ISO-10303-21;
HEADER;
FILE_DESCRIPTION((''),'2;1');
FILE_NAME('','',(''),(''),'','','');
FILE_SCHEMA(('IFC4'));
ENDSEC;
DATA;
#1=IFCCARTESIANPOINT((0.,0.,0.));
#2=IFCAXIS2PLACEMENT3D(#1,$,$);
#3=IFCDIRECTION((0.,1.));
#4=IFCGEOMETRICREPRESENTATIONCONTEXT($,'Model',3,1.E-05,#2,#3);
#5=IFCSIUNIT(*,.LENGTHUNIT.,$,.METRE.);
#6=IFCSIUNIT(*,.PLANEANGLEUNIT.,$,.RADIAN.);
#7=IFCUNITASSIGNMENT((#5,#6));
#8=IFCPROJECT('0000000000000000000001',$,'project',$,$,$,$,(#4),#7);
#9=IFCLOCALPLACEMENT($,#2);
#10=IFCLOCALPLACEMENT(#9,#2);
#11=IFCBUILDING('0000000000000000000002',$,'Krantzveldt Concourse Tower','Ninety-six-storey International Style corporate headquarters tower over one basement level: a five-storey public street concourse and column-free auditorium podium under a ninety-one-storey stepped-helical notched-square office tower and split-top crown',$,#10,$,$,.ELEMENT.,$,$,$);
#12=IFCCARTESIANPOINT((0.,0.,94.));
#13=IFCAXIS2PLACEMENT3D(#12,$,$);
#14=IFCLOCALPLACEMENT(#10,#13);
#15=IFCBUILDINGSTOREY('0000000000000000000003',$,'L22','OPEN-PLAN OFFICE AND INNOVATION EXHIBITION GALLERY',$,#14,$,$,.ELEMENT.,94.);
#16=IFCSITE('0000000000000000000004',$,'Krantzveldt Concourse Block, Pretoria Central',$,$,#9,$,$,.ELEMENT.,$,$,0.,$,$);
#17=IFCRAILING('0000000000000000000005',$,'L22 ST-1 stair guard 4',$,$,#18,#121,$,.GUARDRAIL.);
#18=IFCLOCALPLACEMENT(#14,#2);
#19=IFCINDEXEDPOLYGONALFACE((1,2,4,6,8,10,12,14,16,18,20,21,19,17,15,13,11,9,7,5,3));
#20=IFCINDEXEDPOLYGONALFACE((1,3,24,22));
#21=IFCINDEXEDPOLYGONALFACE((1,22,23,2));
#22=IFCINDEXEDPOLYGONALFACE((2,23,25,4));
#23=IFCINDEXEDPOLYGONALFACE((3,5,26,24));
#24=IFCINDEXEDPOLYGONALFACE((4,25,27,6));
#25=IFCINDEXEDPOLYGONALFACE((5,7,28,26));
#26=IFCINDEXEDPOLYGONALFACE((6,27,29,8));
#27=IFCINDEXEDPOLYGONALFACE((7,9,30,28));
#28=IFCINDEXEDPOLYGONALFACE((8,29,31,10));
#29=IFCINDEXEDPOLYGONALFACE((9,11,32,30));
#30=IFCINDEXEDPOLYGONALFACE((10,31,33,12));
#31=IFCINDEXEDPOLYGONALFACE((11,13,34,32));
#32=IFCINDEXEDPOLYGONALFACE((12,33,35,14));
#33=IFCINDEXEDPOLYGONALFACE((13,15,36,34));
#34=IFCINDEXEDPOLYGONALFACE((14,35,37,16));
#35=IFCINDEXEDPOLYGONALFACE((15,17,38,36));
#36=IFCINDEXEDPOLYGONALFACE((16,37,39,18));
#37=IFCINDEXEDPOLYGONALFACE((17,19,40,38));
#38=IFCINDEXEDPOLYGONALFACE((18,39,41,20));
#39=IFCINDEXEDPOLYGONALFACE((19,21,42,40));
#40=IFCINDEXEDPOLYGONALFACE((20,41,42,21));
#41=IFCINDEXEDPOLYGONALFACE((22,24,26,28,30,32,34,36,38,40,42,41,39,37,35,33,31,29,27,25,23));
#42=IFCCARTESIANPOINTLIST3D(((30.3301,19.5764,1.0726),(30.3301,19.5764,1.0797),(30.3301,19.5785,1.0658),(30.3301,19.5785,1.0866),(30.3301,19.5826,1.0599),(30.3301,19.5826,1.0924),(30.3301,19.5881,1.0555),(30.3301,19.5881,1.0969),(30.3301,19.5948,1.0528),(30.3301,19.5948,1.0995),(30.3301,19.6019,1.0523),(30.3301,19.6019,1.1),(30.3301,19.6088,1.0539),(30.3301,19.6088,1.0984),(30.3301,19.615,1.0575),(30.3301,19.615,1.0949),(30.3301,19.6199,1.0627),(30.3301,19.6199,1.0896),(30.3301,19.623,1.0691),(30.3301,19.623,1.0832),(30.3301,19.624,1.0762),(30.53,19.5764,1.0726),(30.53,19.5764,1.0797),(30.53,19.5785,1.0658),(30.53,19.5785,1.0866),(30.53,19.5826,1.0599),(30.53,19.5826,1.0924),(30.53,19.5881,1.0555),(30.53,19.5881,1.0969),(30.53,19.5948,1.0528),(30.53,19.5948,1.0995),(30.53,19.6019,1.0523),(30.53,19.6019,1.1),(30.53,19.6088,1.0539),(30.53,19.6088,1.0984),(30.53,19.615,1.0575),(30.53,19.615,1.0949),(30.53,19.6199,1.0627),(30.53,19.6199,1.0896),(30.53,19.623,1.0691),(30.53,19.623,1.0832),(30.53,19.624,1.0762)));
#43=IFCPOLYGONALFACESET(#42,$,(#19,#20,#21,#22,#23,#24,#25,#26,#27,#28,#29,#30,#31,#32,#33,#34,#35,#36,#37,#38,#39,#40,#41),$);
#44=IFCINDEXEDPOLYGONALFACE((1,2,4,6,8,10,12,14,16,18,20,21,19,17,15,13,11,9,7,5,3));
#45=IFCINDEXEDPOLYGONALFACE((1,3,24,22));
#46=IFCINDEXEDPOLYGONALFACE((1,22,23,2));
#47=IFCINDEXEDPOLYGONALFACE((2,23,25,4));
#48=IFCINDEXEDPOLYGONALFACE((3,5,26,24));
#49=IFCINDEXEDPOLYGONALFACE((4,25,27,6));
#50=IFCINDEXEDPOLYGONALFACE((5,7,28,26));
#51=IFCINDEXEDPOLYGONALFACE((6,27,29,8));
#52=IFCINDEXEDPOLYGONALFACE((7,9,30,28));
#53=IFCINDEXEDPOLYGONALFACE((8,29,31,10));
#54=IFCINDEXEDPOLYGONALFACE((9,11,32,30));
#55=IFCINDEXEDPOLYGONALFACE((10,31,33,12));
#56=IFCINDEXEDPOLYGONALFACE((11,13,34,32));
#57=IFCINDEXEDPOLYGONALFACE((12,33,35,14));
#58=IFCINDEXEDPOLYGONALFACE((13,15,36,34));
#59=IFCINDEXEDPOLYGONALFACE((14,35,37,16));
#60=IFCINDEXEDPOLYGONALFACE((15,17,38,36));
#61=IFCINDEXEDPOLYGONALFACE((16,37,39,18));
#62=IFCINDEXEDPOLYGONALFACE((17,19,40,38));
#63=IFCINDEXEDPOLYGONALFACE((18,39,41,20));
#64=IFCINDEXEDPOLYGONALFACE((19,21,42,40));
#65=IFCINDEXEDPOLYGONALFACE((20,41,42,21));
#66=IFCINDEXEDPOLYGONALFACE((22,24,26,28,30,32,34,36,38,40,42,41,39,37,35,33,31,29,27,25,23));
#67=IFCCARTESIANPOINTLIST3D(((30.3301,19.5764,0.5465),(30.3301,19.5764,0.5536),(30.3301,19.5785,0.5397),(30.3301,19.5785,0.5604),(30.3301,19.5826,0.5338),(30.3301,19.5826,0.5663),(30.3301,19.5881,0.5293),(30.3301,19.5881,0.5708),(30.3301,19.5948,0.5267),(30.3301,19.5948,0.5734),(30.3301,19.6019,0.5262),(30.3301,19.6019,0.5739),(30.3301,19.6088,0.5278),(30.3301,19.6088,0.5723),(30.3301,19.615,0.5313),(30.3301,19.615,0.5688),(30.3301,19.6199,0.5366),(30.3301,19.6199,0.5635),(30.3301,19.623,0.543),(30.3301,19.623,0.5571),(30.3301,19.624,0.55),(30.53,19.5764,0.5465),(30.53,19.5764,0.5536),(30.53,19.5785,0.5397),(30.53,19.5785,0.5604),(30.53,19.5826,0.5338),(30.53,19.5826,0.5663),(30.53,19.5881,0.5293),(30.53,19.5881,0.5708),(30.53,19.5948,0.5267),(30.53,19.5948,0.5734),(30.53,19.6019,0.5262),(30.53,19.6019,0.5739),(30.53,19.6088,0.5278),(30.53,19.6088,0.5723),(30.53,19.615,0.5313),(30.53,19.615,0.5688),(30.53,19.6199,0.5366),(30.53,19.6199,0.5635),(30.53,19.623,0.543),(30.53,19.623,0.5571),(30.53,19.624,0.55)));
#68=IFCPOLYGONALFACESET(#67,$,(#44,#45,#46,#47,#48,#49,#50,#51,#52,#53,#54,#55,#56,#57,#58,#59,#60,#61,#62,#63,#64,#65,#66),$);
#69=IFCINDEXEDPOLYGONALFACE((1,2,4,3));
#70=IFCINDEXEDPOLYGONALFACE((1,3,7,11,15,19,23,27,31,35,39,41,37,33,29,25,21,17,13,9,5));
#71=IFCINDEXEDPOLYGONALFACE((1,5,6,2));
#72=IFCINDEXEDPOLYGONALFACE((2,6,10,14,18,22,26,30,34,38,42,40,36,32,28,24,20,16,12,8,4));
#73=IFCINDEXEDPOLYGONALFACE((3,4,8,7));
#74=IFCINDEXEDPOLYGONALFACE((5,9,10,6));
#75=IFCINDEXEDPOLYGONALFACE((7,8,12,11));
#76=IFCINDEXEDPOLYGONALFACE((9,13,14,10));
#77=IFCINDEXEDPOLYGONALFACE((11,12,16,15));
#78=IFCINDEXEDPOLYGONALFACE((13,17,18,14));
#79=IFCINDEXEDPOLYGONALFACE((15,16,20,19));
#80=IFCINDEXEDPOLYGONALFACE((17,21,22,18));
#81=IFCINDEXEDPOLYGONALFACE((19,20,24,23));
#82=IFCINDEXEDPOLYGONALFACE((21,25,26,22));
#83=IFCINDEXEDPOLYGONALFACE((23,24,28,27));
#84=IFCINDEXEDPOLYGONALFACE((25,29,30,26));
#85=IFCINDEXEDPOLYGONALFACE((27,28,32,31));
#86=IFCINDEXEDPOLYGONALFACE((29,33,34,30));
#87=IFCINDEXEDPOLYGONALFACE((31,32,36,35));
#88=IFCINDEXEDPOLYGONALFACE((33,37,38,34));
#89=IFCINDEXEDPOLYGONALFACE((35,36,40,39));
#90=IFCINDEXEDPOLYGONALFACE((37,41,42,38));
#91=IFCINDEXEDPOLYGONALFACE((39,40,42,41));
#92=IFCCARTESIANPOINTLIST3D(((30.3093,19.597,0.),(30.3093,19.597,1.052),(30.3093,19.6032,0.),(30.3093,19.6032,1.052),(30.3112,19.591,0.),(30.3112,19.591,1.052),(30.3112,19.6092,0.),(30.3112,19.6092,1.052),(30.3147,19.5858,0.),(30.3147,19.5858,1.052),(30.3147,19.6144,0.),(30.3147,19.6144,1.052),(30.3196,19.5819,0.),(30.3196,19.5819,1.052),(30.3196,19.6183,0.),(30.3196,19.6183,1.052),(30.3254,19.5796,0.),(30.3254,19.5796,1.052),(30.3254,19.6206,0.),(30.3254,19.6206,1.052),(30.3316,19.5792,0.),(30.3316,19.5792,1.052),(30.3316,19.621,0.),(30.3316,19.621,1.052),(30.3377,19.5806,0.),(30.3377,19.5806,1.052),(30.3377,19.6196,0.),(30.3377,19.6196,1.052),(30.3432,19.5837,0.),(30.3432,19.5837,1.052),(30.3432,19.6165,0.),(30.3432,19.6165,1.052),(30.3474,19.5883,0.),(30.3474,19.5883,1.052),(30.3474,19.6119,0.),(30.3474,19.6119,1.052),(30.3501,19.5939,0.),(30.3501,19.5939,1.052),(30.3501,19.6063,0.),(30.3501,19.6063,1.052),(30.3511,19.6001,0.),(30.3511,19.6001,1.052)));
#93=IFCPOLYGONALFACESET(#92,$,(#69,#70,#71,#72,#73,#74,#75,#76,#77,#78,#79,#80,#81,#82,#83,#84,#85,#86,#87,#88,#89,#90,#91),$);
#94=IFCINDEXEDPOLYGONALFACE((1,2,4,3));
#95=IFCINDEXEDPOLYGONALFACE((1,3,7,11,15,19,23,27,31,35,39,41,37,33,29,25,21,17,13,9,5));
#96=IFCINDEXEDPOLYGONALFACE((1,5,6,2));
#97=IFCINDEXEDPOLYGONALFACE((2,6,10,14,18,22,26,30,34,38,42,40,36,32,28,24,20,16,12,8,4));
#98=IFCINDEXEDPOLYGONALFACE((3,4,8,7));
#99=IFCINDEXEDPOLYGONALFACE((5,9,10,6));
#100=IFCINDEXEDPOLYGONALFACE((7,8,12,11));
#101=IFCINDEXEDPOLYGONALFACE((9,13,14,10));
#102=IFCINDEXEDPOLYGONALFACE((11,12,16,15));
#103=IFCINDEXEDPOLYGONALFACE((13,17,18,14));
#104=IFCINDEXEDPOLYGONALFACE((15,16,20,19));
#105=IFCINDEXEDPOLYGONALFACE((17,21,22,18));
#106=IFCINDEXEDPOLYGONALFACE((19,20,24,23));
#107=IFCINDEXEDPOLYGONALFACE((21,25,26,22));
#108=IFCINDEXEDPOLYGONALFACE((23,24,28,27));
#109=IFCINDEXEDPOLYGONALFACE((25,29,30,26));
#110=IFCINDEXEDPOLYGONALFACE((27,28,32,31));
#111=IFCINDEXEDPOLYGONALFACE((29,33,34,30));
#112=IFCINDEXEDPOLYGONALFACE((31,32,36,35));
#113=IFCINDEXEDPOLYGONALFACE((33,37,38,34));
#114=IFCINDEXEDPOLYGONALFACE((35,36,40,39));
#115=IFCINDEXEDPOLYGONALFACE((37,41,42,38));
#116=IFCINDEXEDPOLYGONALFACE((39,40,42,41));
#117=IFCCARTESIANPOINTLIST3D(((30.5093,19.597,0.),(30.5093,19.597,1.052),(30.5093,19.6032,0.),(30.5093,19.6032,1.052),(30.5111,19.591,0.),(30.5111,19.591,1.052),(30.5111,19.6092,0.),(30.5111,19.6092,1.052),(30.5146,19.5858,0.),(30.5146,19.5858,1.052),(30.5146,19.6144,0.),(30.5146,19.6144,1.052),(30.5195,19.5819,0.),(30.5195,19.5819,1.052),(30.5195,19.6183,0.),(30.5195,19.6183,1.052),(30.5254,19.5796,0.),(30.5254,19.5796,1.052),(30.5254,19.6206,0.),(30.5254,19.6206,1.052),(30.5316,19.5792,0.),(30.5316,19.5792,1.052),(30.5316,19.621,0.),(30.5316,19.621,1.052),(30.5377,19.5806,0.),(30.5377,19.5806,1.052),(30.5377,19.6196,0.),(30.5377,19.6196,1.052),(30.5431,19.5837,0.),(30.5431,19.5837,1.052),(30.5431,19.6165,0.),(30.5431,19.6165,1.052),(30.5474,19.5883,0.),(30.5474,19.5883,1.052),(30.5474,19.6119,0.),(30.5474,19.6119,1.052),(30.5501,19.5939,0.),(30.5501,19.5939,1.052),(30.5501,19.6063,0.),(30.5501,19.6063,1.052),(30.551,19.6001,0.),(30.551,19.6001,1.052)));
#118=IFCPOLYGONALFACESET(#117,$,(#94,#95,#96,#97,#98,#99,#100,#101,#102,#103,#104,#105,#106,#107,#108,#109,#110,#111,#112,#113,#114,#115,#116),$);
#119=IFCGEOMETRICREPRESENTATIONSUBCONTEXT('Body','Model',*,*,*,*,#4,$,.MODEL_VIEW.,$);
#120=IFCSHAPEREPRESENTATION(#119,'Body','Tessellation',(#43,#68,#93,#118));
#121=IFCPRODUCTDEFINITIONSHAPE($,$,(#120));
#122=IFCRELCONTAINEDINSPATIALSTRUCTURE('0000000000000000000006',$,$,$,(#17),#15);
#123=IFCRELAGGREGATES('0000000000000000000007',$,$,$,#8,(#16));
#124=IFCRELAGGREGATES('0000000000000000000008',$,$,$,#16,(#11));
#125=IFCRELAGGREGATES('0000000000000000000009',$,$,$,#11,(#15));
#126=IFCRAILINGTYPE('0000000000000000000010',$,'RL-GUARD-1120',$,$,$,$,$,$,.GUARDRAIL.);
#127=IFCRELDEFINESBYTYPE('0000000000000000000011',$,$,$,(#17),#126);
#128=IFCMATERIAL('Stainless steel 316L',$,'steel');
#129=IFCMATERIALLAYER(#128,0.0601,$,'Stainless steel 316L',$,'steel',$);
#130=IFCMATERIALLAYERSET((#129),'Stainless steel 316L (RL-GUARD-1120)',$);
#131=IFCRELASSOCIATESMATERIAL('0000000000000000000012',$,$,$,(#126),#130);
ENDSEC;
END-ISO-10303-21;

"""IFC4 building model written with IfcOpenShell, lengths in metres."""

from ifc_helpers import new_model, si_unit, direction, frame, origin, origin_2d, place, context, subcontext, project, spatial, circle, extrude, material, layer, layer_set, type_object, element, save


model = new_model("IFC4")

# Units and contexts
model_context = context("Model", 3, precision=1e-05, world=origin(), true_north=direction((0.0, 1.0)))
body_context = subcontext(model_context, "Body", "Model", "MODEL_VIEW")
ifc_project = project(units=[si_unit("LENGTHUNIT", "METRE"), si_unit("PLANEANGLEUNIT", "RADIAN")], contexts=[model_context])

# Site, building, storey
site_placement = place(None, origin())
site = spatial("IfcSite", under=ifc_project, at=site_placement, Name="Krantzveldt Concourse Block, Pretoria Central", CompositionType="ELEMENT", RefElevation=0.0)
building_placement = place(site_placement, origin())
building = spatial("IfcBuilding", under=site, at=building_placement, Name="Krantzveldt Concourse Tower", Description="Ninety-six-storey International Style corporate headquarters tower over one basement level: a five-storey public street concourse and column-free auditorium podium under a ninety-one-storey stepped-helical notched-square office tower and split-top crown", CompositionType="ELEMENT")
storey_placement = place(building_placement, frame((0.0, 0.0, 94.0)))
storey = spatial("IfcBuildingStorey", under=building, at=storey_placement, Name="L22", Description="OPEN-PLAN OFFICE AND INNOVATION EXHIBITION GALLERY", CompositionType="ELEMENT", Elevation=94.0)

# Railing
ifc_material_1 = material(Name="Stainless steel 316L", Category="steel")
ifc_layer_1 = layer(ifc_material_1, 0.0601, Name="Stainless steel 316L", Category="steel")
ifc_layer_set_1 = layer_set([ifc_layer_1], Name="Stainless steel 316L (RL-GUARD-1120)")
railing_type_1 = type_object("IfcRailingType", Name="RL-GUARD-1120", PredefinedType="GUARDRAIL", material=ifc_layer_set_1)
railing_1_placement = place(storey_placement, frame((30.3301, 19.6001, 0.0)))
element("IfcRailing", 1, at=railing_1_placement, inside=storey, type_object=railing_type_1, Name="L22 ST-1 stair guard 4", PredefinedType="GUARDRAIL", context=body_context, shape_type="SweptSolid", body=[
    extrude(circle(Radius=0.0239, at=origin_2d()), frame((0.0, 0.0, 1.0762), z_axis=(1.0, 0.0, 0.0), x_axis=(0.0, 1.0, 0.0)), (0.0, 0.0, 1.0), 0.2),
    extrude(circle(Radius=0.0239, at=origin_2d()), frame((0.0, 0.0, 0.55), z_axis=(1.0, 0.0, 0.0), x_axis=(0.0, 1.0, 0.0)), (0.0, 0.0, 1.0), 0.2),
    extrude(circle(Radius=0.021, at=origin_2d()), origin(), (0.0, 0.0, 1.0), 1.052),
    extrude(circle(Radius=0.021, at=origin_2d()), frame((0.2, 0.0, 0.0)), (0.0, 0.0, 1.0), 1.052),
])

save(model, "model.ifc")
